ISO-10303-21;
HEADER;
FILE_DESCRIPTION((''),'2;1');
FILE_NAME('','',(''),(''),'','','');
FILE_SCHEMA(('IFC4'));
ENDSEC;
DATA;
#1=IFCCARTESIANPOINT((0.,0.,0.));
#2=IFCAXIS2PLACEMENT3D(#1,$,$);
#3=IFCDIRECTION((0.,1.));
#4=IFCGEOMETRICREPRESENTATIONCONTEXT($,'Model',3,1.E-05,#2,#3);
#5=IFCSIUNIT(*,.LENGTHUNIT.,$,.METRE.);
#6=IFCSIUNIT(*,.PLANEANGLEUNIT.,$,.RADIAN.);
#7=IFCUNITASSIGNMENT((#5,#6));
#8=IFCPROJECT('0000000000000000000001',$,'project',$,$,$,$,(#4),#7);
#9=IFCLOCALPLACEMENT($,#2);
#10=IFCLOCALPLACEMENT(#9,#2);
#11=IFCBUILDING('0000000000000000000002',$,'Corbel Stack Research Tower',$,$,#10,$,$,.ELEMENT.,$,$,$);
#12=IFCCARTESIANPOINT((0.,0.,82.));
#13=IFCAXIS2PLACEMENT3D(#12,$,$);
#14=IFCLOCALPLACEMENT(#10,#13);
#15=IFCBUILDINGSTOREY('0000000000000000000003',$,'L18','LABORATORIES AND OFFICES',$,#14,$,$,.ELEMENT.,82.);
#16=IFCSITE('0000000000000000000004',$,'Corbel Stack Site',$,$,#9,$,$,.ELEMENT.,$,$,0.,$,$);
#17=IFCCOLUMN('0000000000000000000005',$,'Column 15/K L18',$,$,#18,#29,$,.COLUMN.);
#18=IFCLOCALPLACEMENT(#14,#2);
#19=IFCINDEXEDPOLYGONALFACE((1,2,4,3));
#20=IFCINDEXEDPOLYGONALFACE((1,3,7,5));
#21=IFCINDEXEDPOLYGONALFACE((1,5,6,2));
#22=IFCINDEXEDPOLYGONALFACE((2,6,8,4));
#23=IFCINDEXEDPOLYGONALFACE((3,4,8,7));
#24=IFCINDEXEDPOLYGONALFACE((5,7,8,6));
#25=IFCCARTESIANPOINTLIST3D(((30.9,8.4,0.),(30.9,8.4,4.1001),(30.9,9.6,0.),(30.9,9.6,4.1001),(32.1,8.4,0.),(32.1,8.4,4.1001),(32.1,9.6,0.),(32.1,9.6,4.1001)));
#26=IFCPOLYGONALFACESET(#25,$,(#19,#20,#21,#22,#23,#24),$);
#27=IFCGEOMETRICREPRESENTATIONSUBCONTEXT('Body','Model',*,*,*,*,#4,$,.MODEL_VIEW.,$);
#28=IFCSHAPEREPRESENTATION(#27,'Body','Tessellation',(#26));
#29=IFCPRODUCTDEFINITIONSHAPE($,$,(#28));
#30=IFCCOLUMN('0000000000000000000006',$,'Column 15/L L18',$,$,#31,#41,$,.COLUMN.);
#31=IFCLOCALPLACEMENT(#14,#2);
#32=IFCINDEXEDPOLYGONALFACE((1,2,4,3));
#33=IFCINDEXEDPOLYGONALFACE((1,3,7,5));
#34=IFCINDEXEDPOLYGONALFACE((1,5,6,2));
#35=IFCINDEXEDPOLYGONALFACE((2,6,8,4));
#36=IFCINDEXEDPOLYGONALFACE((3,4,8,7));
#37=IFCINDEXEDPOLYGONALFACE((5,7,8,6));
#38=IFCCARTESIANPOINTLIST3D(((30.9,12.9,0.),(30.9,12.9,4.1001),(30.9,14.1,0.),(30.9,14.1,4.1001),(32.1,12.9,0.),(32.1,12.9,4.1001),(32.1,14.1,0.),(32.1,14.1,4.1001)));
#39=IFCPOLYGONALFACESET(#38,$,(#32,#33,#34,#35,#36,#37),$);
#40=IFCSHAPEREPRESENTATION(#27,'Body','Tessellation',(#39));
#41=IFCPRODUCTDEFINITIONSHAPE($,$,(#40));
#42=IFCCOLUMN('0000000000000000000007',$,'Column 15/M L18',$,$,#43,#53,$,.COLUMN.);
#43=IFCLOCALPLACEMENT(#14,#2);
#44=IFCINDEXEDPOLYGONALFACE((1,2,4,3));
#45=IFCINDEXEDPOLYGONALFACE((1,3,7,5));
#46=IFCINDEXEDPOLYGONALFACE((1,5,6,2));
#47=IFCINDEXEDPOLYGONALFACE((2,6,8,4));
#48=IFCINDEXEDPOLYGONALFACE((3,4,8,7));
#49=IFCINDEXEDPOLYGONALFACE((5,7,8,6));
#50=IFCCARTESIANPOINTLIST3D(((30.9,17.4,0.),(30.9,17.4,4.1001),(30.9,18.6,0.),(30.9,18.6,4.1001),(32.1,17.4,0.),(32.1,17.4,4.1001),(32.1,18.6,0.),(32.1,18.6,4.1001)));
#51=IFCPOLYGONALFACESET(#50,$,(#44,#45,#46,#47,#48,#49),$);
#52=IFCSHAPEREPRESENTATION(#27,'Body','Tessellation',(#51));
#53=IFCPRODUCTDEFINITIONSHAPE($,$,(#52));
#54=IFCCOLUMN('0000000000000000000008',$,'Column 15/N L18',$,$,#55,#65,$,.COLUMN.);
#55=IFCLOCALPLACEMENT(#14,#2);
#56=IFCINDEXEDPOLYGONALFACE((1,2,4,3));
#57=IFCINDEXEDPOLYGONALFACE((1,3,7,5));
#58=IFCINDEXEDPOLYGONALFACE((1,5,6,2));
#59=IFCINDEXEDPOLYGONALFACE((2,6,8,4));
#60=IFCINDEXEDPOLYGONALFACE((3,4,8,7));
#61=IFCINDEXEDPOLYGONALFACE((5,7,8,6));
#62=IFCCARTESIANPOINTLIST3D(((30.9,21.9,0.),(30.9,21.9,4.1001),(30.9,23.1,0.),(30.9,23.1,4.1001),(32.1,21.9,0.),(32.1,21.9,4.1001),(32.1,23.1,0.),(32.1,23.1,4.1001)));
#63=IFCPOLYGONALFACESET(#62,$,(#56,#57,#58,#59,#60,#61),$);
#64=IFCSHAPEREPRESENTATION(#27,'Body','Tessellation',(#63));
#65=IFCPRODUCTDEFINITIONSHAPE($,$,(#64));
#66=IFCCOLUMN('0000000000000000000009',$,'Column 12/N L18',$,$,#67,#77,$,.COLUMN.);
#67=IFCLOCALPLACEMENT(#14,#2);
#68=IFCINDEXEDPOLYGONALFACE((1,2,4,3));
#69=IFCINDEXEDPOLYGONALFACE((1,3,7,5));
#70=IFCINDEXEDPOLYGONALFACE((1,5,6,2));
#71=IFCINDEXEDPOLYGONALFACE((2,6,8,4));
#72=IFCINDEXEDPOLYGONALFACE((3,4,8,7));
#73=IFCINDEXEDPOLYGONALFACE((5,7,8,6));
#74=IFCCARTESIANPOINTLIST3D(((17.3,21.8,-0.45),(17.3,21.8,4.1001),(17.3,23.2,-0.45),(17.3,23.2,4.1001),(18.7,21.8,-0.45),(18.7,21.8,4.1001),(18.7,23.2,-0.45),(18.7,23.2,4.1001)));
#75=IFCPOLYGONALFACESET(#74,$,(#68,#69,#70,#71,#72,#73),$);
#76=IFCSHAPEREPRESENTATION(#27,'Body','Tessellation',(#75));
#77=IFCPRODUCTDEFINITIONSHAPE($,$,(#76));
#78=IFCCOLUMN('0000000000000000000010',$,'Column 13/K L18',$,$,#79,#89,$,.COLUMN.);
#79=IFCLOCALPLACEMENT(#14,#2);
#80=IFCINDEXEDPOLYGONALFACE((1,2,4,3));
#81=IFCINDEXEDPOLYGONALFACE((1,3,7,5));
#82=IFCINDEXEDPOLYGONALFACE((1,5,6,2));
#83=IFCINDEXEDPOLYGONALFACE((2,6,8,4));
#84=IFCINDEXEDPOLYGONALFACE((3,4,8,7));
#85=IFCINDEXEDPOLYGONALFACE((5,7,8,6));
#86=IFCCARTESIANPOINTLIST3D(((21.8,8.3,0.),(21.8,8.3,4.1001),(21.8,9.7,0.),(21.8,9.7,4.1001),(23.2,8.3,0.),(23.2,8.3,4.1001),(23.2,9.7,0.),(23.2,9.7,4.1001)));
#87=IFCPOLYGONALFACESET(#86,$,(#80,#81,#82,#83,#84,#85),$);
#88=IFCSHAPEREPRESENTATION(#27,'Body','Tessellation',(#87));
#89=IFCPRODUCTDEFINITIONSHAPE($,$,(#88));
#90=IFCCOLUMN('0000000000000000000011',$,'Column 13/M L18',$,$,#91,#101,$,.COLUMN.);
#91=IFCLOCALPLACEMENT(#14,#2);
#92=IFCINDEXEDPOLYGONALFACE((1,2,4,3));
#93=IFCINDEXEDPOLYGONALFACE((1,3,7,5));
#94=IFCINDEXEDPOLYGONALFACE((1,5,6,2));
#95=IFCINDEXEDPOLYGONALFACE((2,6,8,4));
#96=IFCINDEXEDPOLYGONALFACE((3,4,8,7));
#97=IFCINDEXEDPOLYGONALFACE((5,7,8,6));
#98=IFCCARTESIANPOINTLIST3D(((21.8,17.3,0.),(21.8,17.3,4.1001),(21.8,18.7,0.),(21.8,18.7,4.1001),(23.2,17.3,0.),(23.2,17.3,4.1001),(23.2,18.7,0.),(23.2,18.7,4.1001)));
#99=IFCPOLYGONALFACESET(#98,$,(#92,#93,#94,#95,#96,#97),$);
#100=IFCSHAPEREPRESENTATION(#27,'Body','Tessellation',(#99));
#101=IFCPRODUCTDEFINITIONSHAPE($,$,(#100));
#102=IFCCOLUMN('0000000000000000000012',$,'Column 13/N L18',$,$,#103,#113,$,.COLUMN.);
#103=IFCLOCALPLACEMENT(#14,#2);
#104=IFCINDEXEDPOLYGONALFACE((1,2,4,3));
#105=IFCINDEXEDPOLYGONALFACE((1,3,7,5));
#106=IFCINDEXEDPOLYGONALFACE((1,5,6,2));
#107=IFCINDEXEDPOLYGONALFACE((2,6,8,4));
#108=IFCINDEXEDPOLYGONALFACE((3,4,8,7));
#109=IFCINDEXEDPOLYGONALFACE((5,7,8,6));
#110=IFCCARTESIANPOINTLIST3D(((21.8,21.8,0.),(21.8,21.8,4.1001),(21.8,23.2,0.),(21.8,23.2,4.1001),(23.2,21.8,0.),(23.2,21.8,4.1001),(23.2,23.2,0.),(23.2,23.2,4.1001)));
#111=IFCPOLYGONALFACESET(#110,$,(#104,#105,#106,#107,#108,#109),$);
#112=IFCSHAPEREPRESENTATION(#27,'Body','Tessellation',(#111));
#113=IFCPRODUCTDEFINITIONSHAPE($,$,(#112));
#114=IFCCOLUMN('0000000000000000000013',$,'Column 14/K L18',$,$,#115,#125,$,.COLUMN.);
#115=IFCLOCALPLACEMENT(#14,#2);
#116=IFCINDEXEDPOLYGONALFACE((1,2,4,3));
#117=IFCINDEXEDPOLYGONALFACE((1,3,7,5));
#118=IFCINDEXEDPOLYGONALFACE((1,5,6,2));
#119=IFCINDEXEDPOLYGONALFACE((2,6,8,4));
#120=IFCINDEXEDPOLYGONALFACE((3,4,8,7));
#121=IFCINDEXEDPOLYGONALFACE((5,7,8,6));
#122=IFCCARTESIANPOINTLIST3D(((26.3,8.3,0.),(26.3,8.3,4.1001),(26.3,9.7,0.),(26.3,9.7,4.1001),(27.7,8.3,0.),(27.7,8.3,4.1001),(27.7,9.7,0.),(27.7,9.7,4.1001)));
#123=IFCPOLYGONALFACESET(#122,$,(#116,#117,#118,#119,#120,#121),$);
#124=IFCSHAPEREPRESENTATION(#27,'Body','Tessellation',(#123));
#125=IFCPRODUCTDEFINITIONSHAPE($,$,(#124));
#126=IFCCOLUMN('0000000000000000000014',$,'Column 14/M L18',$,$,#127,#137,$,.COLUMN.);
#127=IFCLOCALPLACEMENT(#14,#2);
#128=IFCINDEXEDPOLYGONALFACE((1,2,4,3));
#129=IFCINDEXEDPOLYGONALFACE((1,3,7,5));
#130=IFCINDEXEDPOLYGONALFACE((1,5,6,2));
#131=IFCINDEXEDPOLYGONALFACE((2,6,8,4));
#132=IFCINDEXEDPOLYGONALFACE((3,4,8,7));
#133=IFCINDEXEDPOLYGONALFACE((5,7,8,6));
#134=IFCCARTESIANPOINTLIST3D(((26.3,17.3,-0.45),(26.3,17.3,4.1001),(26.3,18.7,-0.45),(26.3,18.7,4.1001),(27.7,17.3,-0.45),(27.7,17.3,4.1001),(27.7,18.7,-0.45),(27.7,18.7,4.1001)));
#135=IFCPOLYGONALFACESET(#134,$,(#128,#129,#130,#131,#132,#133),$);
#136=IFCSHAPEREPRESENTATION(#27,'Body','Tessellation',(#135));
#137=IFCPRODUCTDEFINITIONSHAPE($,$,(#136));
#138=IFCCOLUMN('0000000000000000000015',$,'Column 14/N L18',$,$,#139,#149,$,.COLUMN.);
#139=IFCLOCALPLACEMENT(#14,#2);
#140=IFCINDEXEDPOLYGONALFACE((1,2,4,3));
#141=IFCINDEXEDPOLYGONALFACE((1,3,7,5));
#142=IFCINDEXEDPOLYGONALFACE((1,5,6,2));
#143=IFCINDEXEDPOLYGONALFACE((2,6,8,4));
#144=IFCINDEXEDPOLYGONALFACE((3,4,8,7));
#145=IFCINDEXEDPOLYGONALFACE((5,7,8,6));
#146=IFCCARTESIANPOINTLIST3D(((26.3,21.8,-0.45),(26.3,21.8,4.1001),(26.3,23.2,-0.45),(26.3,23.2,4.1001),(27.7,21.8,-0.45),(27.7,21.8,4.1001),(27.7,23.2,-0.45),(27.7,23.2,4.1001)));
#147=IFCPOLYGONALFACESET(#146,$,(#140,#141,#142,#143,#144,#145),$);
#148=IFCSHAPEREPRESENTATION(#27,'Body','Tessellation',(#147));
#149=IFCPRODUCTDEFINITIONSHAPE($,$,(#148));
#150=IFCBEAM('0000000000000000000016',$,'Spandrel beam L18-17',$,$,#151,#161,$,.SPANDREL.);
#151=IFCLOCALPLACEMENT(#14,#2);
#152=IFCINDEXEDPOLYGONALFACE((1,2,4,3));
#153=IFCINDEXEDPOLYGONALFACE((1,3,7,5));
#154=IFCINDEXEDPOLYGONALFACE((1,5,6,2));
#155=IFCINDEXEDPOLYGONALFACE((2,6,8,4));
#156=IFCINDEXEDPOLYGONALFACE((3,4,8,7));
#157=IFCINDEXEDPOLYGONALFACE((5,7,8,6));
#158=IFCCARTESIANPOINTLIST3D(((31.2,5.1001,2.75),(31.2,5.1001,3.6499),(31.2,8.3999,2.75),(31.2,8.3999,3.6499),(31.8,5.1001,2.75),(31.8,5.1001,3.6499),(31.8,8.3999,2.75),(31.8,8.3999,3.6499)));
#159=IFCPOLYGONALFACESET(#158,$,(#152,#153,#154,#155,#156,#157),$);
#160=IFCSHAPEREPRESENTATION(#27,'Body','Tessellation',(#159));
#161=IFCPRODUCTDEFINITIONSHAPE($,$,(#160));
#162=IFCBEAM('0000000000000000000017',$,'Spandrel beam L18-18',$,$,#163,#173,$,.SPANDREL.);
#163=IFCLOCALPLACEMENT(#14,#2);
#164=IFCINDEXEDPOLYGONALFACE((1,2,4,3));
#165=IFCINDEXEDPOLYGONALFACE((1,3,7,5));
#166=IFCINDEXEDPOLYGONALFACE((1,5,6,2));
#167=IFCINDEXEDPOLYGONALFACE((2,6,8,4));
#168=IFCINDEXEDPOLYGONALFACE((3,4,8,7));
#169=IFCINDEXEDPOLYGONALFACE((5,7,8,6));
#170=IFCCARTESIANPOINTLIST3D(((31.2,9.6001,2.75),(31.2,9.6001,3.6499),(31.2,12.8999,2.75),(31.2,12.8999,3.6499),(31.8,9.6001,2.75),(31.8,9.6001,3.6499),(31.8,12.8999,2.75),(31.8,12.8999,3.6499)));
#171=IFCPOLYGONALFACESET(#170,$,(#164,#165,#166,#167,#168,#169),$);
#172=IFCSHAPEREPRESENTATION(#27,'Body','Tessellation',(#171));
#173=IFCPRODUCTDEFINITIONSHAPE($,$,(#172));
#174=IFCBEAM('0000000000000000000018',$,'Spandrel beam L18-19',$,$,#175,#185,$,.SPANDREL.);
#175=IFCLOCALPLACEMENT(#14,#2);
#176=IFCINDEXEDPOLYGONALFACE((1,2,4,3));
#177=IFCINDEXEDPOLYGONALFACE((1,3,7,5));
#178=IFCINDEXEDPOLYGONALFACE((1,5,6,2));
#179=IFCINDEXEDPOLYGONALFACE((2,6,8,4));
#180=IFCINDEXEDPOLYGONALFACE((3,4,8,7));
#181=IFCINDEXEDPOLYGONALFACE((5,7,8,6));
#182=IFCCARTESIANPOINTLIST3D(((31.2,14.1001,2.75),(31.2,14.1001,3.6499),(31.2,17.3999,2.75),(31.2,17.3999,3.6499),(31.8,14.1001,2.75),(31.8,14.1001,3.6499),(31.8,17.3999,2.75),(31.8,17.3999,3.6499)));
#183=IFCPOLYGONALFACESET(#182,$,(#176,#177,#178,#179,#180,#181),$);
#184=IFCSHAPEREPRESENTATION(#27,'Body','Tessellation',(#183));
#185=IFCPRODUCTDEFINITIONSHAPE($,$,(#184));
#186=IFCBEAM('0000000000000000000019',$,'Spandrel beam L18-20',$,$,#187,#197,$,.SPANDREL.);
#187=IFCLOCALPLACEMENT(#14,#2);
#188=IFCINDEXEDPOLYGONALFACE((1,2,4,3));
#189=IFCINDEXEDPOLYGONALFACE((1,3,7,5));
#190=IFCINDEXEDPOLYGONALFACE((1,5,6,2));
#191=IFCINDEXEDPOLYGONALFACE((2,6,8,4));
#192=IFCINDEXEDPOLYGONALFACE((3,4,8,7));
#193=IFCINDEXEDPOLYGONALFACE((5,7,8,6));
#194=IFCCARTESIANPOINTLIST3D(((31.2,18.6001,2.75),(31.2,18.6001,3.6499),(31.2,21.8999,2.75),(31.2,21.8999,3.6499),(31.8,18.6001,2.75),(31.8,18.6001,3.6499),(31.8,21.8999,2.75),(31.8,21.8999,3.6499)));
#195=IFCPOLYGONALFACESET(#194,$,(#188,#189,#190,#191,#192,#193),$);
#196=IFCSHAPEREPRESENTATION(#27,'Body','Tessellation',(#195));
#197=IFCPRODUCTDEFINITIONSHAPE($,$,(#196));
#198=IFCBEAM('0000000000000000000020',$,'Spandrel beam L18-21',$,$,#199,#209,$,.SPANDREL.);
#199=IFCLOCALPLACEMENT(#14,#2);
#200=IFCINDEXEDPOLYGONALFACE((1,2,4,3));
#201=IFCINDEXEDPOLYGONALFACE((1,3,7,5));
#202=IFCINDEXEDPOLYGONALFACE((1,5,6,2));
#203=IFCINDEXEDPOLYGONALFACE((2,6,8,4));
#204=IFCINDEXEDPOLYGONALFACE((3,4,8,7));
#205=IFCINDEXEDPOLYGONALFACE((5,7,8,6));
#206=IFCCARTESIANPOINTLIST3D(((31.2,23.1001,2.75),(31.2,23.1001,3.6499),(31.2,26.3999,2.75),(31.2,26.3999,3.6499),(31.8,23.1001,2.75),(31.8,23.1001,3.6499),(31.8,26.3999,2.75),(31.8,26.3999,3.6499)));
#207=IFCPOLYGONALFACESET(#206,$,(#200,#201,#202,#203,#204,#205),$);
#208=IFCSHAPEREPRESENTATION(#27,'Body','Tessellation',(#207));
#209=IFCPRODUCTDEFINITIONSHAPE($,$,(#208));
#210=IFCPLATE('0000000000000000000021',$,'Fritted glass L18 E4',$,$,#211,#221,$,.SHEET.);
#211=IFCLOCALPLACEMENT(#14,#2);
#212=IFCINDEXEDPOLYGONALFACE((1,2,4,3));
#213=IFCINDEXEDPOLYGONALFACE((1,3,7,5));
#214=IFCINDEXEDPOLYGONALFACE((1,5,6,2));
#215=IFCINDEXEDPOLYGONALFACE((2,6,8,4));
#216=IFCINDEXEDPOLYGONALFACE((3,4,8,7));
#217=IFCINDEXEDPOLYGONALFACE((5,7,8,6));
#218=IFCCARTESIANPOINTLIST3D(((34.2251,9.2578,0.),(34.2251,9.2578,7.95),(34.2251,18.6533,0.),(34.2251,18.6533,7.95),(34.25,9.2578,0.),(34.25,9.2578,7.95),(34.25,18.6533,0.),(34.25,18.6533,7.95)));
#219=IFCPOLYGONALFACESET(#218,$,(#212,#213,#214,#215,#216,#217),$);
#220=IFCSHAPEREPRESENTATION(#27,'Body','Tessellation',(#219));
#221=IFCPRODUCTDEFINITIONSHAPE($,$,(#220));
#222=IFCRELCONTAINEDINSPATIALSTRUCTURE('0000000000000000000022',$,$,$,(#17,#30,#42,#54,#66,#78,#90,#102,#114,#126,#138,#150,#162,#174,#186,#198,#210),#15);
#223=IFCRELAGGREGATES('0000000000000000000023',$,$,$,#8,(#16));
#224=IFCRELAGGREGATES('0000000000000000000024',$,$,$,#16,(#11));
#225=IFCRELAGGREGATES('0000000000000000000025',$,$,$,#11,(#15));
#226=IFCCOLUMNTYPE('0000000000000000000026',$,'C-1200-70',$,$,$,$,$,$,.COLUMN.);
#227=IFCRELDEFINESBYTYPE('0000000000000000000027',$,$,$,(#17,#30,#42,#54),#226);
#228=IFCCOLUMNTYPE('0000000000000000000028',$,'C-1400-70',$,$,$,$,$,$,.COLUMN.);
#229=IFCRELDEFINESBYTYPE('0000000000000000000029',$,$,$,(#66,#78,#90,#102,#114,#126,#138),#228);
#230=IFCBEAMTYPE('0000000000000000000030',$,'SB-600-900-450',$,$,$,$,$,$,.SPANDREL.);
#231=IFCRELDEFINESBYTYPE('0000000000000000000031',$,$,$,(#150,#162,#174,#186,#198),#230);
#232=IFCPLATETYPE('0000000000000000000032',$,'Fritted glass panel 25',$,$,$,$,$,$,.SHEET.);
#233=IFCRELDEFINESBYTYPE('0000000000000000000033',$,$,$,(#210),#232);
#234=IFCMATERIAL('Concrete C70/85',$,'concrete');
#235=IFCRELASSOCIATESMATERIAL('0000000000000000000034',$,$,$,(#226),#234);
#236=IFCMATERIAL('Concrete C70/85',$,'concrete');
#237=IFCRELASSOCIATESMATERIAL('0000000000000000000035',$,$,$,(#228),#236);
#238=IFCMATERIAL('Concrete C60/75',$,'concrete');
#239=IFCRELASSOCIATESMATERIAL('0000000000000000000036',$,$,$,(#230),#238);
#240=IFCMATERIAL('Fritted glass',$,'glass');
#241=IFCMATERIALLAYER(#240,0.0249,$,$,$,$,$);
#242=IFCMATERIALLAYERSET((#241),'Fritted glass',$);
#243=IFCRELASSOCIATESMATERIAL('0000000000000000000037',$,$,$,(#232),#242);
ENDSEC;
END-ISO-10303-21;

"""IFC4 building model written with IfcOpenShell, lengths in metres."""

from ifc_helpers import new_model, si_unit, direction, frame, origin, origin_2d, place, context, subcontext, project, spatial, rectangle, extrude, material, layer, layer_set, material_profile, profile_set, type_object, element, save


model = new_model("IFC4")

# Units and contexts
model_context = context("Model", 3, precision=1e-05, world=origin(), true_north=direction((0.0, 1.0)))
body_context = subcontext(model_context, "Body", "Model", "MODEL_VIEW")
ifc_project = project(units=[si_unit("LENGTHUNIT", "METRE"), si_unit("PLANEANGLEUNIT", "RADIAN")], contexts=[model_context])

# Site, building, storey
site_placement = place(None, origin())
site = spatial("IfcSite", under=ifc_project, at=site_placement, Name="Corbel Stack Site", CompositionType="ELEMENT", RefElevation=0.0)
building_placement = place(site_placement, origin())
building = spatial("IfcBuilding", under=site, at=building_placement, Name="Corbel Stack Research Tower", CompositionType="ELEMENT")
storey_placement = place(building_placement, frame((0.0, 0.0, 82.0)))
storey = spatial("IfcBuildingStorey", under=building, at=storey_placement, Name="L18", Description="LABORATORIES AND OFFICES", CompositionType="ELEMENT", Elevation=82.0)

# Columns
ifc_material_1 = material(Name="Concrete C70/85", Category="concrete")
ifc_material_profile_1 = material_profile(ifc_material_1, rectangle(XDim=1.2, YDim=1.2, at=origin_2d()), Name="RC 1200 x 1200")
ifc_profile_set_1 = profile_set([ifc_material_profile_1], Name="Concrete C70/85")
column_type_1 = type_object("IfcColumnType", Name="C-1200-70", PredefinedType="COLUMN", material=ifc_profile_set_1)
for number, where, z_axis, x_axis, name in (
    (1, (31.5, 9.0, 0.0), (0.0, 0.0, 1.0), (1.0, 0.0, 0.0), "Column 15/K L18"),
    (2, (31.5, 13.5, 0.0), (0.0, 0.0, 1.0), (1.0, 0.0, 0.0), "Column 15/L L18"),
    (3, (31.5, 18.0, 0.0), (0.0, 0.0, 1.0), (1.0, 0.0, 0.0), "Column 15/M L18"),
    (4, (31.5, 22.5, 0.0), (0.0, 0.0, 1.0), (1.0, 0.0, 0.0), "Column 15/N L18"),
):
    element("IfcColumn", number, at=place(storey_placement, frame(where, z_axis=z_axis, x_axis=x_axis)), inside=storey, type_object=column_type_1, Name=name, PredefinedType="COLUMN", context=body_context, shape_type="SweptSolid", body=[
        extrude(rectangle(XDim=1.2, YDim=1.2, at=origin_2d()), origin(), (0.0, 0.0, 1.0), 4.1001),
    ])
ifc_material_2 = material(Name="Concrete C70/85", Category="concrete")
ifc_material_profile_2 = material_profile(ifc_material_2, rectangle(XDim=1.3999, YDim=1.3999, at=origin_2d()), Name="RC 1400 x 1400")
ifc_profile_set_2 = profile_set([ifc_material_profile_2], Name="Concrete C70/85")
column_type_2 = type_object("IfcColumnType", Name="C-1400-70", PredefinedType="COLUMN", material=ifc_profile_set_2)
column_placement = place(storey_placement, frame((18.0, 22.5, -0.45), z_axis=(0.0, 0.0, 1.0), x_axis=(1.0, 0.0, 0.0)))
element("IfcColumn", 5, at=column_placement, inside=storey, type_object=column_type_2, Name="Column 12/N L18", PredefinedType="COLUMN", context=body_context, shape_type="SweptSolid", body=[
    extrude(rectangle(XDim=1.3999, YDim=1.3999, at=origin_2d()), origin(), (0.0, 0.0, 1.0), 4.55),
])
for number, where, z_axis, x_axis, name in (
    (6, (22.5, 9.0, 0.0), (0.0, 0.0, 1.0), (1.0, 0.0, 0.0), "Column 13/K L18"),
    (7, (22.5, 18.0, 0.0), (0.0, 0.0, 1.0), (1.0, 0.0, 0.0), "Column 13/M L18"),
    (8, (22.5, 22.5, 0.0), (0.0, 0.0, 1.0), (1.0, 0.0, 0.0), "Column 13/N L18"),
    (9, (27.0, 9.0, 0.0), (0.0, 0.0, 1.0), (1.0, 0.0, 0.0), "Column 14/K L18"),
):
    element("IfcColumn", number, at=place(storey_placement, frame(where, z_axis=z_axis, x_axis=x_axis)), inside=storey, type_object=column_type_2, Name=name, PredefinedType="COLUMN", context=body_context, shape_type="SweptSolid", body=[
        extrude(rectangle(XDim=1.3999, YDim=1.3999, at=origin_2d()), origin(), (0.0, 0.0, 1.0), 4.1001),
    ])
for number, where, z_axis, x_axis, name in (
    (10, (27.0, 18.0, -0.45), (0.0, 0.0, 1.0), (1.0, 0.0, 0.0), "Column 14/M L18"),
    (11, (27.0, 22.5, -0.45), (0.0, 0.0, 1.0), (1.0, 0.0, 0.0), "Column 14/N L18"),
):
    element("IfcColumn", number, at=place(storey_placement, frame(where, z_axis=z_axis, x_axis=x_axis)), inside=storey, type_object=column_type_2, Name=name, PredefinedType="COLUMN", context=body_context, shape_type="SweptSolid", body=[
        extrude(rectangle(XDim=1.3999, YDim=1.3999, at=origin_2d()), origin(), (0.0, 0.0, 1.0), 4.55),
    ])

# Beams
ifc_material_3 = material(Name="Concrete C60/75", Category="concrete")
ifc_material_profile_3 = material_profile(ifc_material_3, rectangle(XDim=0.6001, YDim=0.8999, at=origin_2d()), Name="RC 600 x 900")
ifc_profile_set_3 = profile_set([ifc_material_profile_3], Name="Concrete C60/75")
beam_type = type_object("IfcBeamType", Name="SB-600-900-450", PredefinedType="SPANDREL", material=ifc_profile_set_3)
for number, where, z_axis, x_axis, name in (
    (12, (31.5, 5.1001, 3.2), (0.0, 1.0, 0.0), (-1.0, 0.0, 0.0), "Spandrel beam L18-17"),
    (13, (31.5, 9.6001, 3.2), (0.0, 1.0, 0.0), (-1.0, 0.0, 0.0), "Spandrel beam L18-18"),
    (14, (31.5, 14.1001, 3.2), (0.0, 1.0, 0.0), (-1.0, 0.0, 0.0), "Spandrel beam L18-19"),
    (15, (31.5, 18.6001, 3.2), (0.0, 1.0, 0.0), (-1.0, 0.0, 0.0), "Spandrel beam L18-20"),
    (16, (31.5, 23.1001, 3.2), (0.0, 1.0, 0.0), (-1.0, 0.0, 0.0), "Spandrel beam L18-21"),
):
    element("IfcBeam", number, at=place(storey_placement, frame(where, z_axis=z_axis, x_axis=x_axis)), inside=storey, type_object=beam_type, Name=name, PredefinedType="SPANDREL", context=body_context, shape_type="SweptSolid", body=[
        extrude(rectangle(XDim=0.6001, YDim=0.8999, at=origin_2d()), origin(), (0.0, 0.0, 1.0), 3.2998),
    ])

# Plate
ifc_material_4 = material(Name="Fritted glass", Category="glass")
ifc_layer_1 = layer(ifc_material_4, 0.0249)
ifc_layer_set_1 = layer_set([ifc_layer_1], Name="Fritted glass")
plate_type = type_object("IfcPlateType", Name="Fritted glass panel 25", PredefinedType="SHEET", material=ifc_layer_set_1)
plate_placement = place(storey_placement, frame((34.2375, 13.9556, 0.0), z_axis=(0.0, 0.0, 1.0), x_axis=(0.0, 1.0, 0.0)))
element("IfcPlate", 17, at=plate_placement, inside=storey, type_object=plate_type, Name="Fritted glass L18 E4", PredefinedType="SHEET", context=body_context, shape_type="SweptSolid", body=[
    extrude(rectangle(XDim=9.3955, YDim=0.0249, at=origin_2d()), origin(), (0.0, 0.0, 1.0), 7.95),
])

save(model, "model.ifc")
